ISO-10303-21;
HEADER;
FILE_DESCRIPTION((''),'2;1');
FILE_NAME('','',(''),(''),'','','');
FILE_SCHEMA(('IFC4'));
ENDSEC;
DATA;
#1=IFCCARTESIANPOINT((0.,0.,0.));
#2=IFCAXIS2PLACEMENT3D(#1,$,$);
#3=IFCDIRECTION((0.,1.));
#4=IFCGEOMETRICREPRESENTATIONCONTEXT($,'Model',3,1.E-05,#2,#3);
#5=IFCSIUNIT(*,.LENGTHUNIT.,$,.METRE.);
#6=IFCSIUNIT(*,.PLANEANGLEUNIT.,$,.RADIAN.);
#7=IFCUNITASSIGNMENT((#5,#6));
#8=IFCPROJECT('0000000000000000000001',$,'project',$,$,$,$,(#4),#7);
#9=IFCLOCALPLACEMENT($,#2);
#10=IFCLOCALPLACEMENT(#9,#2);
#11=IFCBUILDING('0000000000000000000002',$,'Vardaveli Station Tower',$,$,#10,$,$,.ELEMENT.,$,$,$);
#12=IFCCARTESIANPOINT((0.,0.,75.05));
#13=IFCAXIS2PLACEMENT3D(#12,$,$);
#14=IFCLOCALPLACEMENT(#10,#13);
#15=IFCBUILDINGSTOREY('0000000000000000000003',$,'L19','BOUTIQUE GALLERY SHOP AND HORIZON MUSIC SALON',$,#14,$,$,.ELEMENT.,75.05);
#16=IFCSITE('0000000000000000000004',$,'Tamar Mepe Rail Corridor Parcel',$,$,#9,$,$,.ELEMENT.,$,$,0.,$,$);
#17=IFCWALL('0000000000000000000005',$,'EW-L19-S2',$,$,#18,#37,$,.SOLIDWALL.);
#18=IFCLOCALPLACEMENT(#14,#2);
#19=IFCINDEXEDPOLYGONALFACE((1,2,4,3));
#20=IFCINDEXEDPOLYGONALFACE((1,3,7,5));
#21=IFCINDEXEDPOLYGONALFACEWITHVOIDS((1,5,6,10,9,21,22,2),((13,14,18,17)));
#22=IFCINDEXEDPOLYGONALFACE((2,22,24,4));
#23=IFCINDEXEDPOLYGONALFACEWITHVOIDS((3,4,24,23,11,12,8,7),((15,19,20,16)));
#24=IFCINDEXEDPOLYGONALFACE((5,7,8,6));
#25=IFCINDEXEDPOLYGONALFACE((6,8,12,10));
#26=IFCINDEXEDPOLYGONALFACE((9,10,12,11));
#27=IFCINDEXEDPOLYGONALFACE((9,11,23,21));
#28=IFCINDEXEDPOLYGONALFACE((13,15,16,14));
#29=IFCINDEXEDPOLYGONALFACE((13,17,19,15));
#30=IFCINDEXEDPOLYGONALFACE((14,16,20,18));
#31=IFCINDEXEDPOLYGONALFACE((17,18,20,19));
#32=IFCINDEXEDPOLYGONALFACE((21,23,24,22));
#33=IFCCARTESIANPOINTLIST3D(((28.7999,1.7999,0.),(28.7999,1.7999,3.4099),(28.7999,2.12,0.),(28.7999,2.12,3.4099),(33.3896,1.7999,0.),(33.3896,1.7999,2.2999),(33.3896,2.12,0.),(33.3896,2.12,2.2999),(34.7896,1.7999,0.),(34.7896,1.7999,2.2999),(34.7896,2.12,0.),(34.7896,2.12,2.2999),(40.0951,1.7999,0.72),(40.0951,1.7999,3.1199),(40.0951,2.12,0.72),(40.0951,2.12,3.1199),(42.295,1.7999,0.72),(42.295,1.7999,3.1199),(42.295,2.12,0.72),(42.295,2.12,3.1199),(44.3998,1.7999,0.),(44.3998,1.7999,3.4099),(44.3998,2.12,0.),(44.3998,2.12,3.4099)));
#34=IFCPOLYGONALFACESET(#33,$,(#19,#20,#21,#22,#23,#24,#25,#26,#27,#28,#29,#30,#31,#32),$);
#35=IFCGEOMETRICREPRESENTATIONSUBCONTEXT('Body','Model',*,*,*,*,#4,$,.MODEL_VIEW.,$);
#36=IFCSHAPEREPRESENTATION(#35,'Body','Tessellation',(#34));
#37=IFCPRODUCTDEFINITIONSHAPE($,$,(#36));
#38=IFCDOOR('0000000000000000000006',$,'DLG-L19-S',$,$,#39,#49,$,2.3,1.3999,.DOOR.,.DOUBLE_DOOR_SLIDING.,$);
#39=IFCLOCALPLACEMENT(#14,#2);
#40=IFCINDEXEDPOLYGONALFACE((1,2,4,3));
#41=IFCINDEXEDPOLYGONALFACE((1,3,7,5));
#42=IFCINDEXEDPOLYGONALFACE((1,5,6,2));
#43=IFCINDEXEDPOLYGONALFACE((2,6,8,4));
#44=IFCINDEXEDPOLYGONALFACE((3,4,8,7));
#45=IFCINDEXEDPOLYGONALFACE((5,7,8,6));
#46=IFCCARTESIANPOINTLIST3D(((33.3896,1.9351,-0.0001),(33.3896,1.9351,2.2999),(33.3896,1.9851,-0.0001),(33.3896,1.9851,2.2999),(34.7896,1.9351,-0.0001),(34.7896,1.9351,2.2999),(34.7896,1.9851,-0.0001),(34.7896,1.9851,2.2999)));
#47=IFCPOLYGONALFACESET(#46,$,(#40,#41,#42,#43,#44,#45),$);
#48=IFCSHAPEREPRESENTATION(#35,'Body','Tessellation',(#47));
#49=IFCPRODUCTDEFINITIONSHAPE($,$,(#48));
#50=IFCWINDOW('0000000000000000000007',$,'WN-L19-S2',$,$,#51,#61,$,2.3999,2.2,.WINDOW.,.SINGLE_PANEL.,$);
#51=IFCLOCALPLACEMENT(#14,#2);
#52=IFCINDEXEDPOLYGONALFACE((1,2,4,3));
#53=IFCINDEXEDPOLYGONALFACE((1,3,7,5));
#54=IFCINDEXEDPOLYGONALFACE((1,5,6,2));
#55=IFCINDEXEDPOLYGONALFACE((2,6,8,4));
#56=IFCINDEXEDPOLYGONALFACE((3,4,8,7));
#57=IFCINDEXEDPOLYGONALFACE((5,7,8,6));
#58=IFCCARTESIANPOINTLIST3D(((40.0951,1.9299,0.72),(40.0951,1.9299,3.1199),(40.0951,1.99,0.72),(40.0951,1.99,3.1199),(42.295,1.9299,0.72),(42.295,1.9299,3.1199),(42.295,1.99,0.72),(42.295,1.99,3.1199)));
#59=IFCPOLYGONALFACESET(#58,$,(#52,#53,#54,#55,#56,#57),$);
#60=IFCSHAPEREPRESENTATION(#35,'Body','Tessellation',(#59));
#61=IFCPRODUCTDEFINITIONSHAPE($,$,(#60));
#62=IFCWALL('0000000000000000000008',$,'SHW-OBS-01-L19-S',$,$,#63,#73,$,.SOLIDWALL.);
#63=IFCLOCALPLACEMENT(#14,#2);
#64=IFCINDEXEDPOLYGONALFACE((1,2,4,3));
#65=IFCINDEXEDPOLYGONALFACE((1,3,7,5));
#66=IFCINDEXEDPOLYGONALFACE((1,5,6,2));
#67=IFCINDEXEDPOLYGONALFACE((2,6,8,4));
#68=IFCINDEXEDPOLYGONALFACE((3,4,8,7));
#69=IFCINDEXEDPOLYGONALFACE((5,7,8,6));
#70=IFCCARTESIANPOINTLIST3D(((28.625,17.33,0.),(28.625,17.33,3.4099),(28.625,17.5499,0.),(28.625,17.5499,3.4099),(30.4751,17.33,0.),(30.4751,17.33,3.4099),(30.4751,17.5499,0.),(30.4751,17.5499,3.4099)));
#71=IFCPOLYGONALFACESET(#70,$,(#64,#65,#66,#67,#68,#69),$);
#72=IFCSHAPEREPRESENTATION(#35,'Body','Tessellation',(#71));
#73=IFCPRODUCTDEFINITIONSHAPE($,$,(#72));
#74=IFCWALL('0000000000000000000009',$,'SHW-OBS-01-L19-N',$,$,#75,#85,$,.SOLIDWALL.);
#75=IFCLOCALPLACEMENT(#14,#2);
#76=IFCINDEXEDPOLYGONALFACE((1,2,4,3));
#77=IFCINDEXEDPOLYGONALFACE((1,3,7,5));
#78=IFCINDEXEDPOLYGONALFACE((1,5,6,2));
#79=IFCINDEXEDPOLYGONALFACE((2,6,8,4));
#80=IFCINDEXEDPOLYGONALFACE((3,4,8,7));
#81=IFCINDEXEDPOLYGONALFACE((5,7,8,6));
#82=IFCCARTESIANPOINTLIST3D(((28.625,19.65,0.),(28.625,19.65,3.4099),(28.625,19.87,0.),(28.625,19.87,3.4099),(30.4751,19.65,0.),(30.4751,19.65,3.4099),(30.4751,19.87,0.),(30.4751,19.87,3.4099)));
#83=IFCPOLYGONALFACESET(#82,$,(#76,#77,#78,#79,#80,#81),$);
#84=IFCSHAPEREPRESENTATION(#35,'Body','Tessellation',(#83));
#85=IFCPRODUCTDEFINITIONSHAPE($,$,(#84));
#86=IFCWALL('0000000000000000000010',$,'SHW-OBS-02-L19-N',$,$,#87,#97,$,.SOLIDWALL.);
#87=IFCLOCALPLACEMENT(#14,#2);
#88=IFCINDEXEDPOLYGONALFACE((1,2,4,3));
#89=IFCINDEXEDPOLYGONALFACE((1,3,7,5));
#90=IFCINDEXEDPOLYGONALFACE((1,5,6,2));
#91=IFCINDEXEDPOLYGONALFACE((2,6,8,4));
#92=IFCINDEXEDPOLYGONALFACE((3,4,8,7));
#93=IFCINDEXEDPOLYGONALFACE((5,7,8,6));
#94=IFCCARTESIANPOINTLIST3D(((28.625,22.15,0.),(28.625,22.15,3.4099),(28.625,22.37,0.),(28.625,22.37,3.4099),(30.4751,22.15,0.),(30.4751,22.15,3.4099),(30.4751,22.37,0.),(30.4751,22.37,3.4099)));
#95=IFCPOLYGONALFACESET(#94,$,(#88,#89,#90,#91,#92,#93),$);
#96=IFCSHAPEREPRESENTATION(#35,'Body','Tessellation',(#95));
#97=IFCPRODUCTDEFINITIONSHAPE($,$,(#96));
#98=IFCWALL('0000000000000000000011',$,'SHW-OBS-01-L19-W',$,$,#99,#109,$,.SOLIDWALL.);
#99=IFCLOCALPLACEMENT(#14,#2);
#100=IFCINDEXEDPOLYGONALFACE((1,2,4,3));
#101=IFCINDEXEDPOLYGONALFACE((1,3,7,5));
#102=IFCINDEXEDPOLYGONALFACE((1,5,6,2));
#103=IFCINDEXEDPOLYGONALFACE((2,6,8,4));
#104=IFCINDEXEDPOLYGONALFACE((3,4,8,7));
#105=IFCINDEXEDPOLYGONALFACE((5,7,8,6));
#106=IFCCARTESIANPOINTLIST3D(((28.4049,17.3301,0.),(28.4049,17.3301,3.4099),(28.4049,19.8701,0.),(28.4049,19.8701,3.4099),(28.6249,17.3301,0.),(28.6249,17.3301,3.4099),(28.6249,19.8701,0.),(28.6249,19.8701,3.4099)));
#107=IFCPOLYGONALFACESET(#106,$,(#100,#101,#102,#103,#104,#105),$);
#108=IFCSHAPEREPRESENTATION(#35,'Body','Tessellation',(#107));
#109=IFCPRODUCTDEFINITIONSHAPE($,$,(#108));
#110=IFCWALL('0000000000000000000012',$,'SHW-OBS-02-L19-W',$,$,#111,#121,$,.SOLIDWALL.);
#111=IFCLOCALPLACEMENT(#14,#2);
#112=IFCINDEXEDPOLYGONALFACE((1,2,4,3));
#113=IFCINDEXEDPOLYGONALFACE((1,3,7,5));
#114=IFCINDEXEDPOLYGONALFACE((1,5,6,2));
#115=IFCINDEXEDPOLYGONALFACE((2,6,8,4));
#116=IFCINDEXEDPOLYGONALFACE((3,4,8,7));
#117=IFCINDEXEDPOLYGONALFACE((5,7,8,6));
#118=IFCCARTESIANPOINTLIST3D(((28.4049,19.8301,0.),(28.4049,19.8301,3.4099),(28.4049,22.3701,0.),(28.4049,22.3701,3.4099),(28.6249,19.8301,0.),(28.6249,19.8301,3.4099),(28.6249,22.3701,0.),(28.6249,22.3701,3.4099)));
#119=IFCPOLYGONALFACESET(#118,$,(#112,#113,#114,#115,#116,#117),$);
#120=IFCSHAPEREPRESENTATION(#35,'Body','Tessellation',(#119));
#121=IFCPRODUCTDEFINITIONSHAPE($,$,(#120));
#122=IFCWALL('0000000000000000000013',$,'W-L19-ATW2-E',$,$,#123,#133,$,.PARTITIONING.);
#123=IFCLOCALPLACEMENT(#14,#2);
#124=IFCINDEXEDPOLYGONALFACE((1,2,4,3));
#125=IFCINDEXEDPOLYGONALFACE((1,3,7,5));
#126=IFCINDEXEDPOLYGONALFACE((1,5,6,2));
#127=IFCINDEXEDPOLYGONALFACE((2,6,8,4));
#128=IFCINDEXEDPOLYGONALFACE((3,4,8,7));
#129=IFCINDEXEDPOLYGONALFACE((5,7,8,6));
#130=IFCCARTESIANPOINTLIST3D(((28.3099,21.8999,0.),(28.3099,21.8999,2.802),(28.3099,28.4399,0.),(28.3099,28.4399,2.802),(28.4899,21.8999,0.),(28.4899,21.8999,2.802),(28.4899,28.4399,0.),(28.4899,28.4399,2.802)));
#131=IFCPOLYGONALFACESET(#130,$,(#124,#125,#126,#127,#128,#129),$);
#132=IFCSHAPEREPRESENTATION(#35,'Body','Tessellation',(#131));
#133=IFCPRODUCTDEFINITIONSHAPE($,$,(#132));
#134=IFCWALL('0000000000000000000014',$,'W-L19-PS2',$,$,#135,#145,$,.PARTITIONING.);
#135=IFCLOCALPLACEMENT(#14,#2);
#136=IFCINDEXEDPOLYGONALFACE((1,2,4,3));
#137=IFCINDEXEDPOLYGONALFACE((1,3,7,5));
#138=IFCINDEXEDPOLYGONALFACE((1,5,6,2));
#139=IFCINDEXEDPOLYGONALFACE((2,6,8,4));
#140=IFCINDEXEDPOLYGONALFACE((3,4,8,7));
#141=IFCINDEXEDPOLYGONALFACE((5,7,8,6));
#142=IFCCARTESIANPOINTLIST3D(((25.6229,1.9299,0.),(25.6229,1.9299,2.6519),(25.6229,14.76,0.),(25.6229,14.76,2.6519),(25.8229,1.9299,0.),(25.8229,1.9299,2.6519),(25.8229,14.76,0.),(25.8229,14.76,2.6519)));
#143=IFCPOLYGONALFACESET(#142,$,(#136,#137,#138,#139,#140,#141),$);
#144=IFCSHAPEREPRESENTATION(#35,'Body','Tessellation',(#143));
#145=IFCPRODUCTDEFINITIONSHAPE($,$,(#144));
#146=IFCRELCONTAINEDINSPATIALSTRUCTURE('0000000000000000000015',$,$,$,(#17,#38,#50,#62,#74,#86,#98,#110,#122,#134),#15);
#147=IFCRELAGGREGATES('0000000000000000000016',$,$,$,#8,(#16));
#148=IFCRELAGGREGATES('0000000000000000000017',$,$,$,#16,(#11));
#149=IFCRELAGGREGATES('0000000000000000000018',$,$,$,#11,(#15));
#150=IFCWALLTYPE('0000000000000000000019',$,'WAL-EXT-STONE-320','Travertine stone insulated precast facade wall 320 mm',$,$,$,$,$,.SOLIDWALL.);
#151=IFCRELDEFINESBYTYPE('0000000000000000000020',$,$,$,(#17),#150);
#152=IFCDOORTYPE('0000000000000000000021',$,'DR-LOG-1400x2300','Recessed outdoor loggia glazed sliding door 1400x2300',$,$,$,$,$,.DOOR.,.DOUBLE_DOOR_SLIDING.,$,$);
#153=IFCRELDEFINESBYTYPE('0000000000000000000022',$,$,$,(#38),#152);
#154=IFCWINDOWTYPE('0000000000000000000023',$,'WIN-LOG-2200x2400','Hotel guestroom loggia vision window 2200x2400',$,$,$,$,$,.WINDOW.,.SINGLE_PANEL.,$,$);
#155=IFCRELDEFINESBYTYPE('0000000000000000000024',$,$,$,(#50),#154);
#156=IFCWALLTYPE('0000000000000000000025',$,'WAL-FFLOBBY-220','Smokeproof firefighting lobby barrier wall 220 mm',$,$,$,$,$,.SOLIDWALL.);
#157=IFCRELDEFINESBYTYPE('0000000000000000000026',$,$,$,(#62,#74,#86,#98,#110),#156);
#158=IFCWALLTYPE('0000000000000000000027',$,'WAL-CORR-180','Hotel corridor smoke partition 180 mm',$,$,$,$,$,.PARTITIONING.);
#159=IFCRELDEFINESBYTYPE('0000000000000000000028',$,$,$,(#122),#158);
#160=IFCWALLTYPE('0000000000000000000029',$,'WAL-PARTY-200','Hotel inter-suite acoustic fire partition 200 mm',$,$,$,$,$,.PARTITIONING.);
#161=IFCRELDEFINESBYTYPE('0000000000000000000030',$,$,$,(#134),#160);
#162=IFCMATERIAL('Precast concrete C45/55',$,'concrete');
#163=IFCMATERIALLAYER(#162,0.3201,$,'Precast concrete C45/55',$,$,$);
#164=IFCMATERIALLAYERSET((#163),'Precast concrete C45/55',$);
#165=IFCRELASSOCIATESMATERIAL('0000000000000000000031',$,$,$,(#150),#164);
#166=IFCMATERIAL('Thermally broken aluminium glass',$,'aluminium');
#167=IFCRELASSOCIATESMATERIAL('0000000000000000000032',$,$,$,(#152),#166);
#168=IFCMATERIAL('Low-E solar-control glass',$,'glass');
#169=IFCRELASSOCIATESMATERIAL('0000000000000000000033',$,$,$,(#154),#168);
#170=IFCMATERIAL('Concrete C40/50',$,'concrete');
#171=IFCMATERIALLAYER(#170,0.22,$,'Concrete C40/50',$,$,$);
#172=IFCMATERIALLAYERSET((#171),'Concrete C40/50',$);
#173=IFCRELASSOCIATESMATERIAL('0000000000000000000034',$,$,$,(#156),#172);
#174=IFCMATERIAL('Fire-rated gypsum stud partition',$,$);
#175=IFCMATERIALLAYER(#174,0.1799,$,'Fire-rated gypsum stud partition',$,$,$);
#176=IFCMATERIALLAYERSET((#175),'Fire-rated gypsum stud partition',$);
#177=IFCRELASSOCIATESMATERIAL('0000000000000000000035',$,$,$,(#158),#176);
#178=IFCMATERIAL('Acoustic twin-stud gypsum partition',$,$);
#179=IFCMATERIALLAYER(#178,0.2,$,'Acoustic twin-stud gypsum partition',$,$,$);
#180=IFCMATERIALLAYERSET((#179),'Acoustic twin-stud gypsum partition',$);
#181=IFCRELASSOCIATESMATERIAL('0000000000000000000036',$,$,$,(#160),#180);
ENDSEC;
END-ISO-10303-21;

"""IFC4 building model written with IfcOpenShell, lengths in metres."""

from ifc_helpers import new_model, si_unit, direction, frame, frame_2d, origin, place, context, subcontext, project, spatial, rectangle, extrude, source, transform, mapped, material, layer, layer_set, type_object, element, fill, save


model = new_model("IFC4")

# Units and contexts
model_context = context("Model", 3, precision=1e-05, world=origin(), true_north=direction((0.0, 1.0)))
body_context = subcontext(model_context, "Body", "Model", "MODEL_VIEW")
ifc_project = project(units=[si_unit("LENGTHUNIT", "METRE"), si_unit("PLANEANGLEUNIT", "RADIAN")], contexts=[model_context])

# Site, building, storey
site_placement = place(None, origin())
site = spatial("IfcSite", under=ifc_project, at=site_placement, Name="Tamar Mepe Rail Corridor Parcel", CompositionType="ELEMENT", RefElevation=0.0)
building_placement = place(site_placement, origin())
building = spatial("IfcBuilding", under=site, at=building_placement, Name="Vardaveli Station Tower", CompositionType="ELEMENT")
storey_placement = place(building_placement, frame((0.0, 0.0, 75.05)))
storey = spatial("IfcBuildingStorey", under=building, at=storey_placement, Name="L19", Description="BOUTIQUE GALLERY SHOP AND HORIZON MUSIC SALON", CompositionType="ELEMENT", Elevation=75.05)

# Wall, openings, door, window
ifc_material_1 = material(Name="Precast concrete C45/55", Category="concrete")
ifc_layer_1 = layer(ifc_material_1, 0.3201, Name="Precast concrete C45/55")
ifc_layer_set_1 = layer_set([ifc_layer_1], Name="Precast concrete C45/55")
wall_type_1 = type_object("IfcWallType", Name="WAL-EXT-STONE-320", Description="Travertine stone insulated precast facade wall 320 mm", PredefinedType="SOLIDWALL", material=ifc_layer_set_1)
shared_shape_1 = source(origin(), body_context, "Body", "SweptSolid", [
    extrude(rectangle(XDim=15.5999, YDim=0.3201, at=frame_2d((7.7998, 0.0))), origin(), (0.0, 0.0, 1.0), 3.4099),
])
wall_1_placement = place(storey_placement, frame((28.8, 1.96, 0.0), z_axis=(0.0, 0.0, 1.0), x_axis=(1.0, 0.0, 0.0)))
wall_1 = element("IfcWall", 1, at=wall_1_placement, inside=storey, type_object=wall_type_1, Name="EW-L19-S2", PredefinedType="SOLIDWALL", context=body_context, shape_type="MappedRepresentation", body=[
    mapped(shared_shape_1, transform((0.0, 0.0, 0.0), scale=1.0)),
])
shared_shape_2 = source(origin(), body_context, "Body", "SweptSolid", [
    extrude(rectangle(XDim=1.3999, YDim=2.3, at=frame_2d((0.7, 1.1499))), frame((0.0, 0.1699, 0.0), z_axis=(0.0, -1.0, 0.0), x_axis=(1.0, 0.0, 0.0)), (0.0, 0.0, 1.0), 0.3401),
])
opening_1_placement = place(wall_1_placement, frame((4.5896, 0.0, 0.0)))
opening_1 = element("IfcOpeningElement", 2, at=opening_1_placement, cuts=wall_1, PredefinedType="OPENING", context=body_context, shape_type="MappedRepresentation", body=[
    mapped(shared_shape_2, transform((0.0, 0.0, 0.0), scale=1.0)),
])
shared_shape_3 = source(origin(), body_context, "Body", "SweptSolid", [
    extrude(rectangle(XDim=2.2, YDim=2.3999, at=frame_2d((1.1001, 1.2))), frame((0.0, 0.1699, 0.0), z_axis=(0.0, -1.0, 0.0), x_axis=(1.0, 0.0, 0.0)), (0.0, 0.0, 1.0), 0.3401),
])
opening_2_placement = place(wall_1_placement, frame((11.2949, 0.0, 0.72)))
opening_2 = element("IfcOpeningElement", 3, at=opening_2_placement, cuts=wall_1, PredefinedType="OPENING", context=body_context, shape_type="MappedRepresentation", body=[
    mapped(shared_shape_3, transform((0.0, 0.0, 0.0), scale=1.0)),
])
ifc_material_2 = material(Name="Thermally broken aluminium glass", Category="aluminium")
door_type_1 = type_object("IfcDoorType", Name="DR-LOG-1400x2300", Description="Recessed outdoor loggia glazed sliding door 1400x2300", OperationType="DOUBLE_DOOR_SLIDING", PredefinedType="DOOR", material=ifc_material_2)
shared_shape_4 = source(origin(), body_context, "Body", "SweptSolid", [
    extrude(rectangle(XDim=1.3999, YDim=2.3, at=frame_2d((0.7, 1.1499))), frame((0.0, 0.0249, 0.0), z_axis=(0.0, -1.0, 0.0), x_axis=(1.0, 0.0, 0.0)), (0.0, 0.0, 1.0), 0.05),
])
door_1_placement = place(opening_1_placement, frame((1.3999, 0.0, 0.0), z_axis=(0.0, 0.0, 1.0), x_axis=(-1.0, 0.0, 0.0)))
door_1 = element("IfcDoor", 4, at=door_1_placement, inside=storey, type_object=door_type_1, Name="DLG-L19-S", OperationType="DOUBLE_DOOR_SLIDING", OverallHeight=2.3, OverallWidth=1.3999, PredefinedType="DOOR", context=body_context, shape_type="MappedRepresentation", body=[
    mapped(shared_shape_4, transform((0.0, 0.0, 0.0), scale=1.0)),
])
fill(opening_1, door_1)
ifc_material_3 = material(Name="Low-E solar-control glass", Category="glass")
window_type = type_object("IfcWindowType", Name="WIN-LOG-2200x2400", Description="Hotel guestroom loggia vision window 2200x2400", PartitioningType="SINGLE_PANEL", PredefinedType="WINDOW", material=ifc_material_3)
shared_shape_5 = source(origin(), body_context, "Body", "SweptSolid", [
    extrude(rectangle(XDim=2.2, YDim=2.3999, at=frame_2d((1.1001, 1.2))), frame((0.0, 0.03, 0.0), z_axis=(0.0, -1.0, 0.0), x_axis=(1.0, 0.0, 0.0)), (0.0, 0.0, 1.0), 0.0601),
])
window_placement = place(opening_2_placement, origin())
window = element("IfcWindow", 5, at=window_placement, inside=storey, type_object=window_type, Name="WN-L19-S2", OverallHeight=2.3999, OverallWidth=2.2, PartitioningType="SINGLE_PANEL", PredefinedType="WINDOW", context=body_context, shape_type="MappedRepresentation", body=[
    mapped(shared_shape_5, transform((0.0, 0.0, 0.0), scale=1.0)),
])
fill(opening_2, window)

# Walls
ifc_material_4 = material(Name="Concrete C40/50", Category="concrete")
ifc_layer_2 = layer(ifc_material_4, 0.22, Name="Concrete C40/50")
ifc_layer_set_2 = layer_set([ifc_layer_2], Name="Concrete C40/50")
wall_type_2 = type_object("IfcWallType", Name="WAL-FFLOBBY-220", Description="Smokeproof firefighting lobby barrier wall 220 mm", PredefinedType="SOLIDWALL", material=ifc_layer_set_2)
shared_shape_6 = source(origin(), body_context, "Body", "SweptSolid", [
    extrude(rectangle(XDim=1.8501, YDim=0.22, at=frame_2d((0.925, 0.0))), origin(), (0.0, 0.0, 1.0), 3.4099),
])
for number, where, z_axis, x_axis, name in (
    (6, (28.625, 17.4399, 0.0), (0.0, 0.0, 1.0), (1.0, 0.0, 0.0), "SHW-OBS-01-L19-S"),
    (7, (28.625, 19.76, 0.0), (0.0, 0.0, 1.0), (1.0, 0.0, 0.0), "SHW-OBS-01-L19-N"),
    (8, (28.625, 22.26, 0.0), (0.0, 0.0, 1.0), (1.0, 0.0, 0.0), "SHW-OBS-02-L19-N"),
):
    element("IfcWall", number, at=place(storey_placement, frame(where, z_axis=z_axis, x_axis=x_axis)), inside=storey, type_object=wall_type_2, Name=name, PredefinedType="SOLIDWALL", context=body_context, shape_type="MappedRepresentation", body=[
        mapped(shared_shape_6, transform((0.0, 0.0, 0.0), scale=1.0)),
    ])
shared_shape_7 = source(origin(), body_context, "Body", "SweptSolid", [
    extrude(rectangle(XDim=2.54, YDim=0.22, at=frame_2d((1.27, 0.0))), origin(), (0.0, 0.0, 1.0), 3.4099),
])
for number, where, z_axis, x_axis, name in (
    (9, (28.5149, 17.3301, 0.0), (0.0, 0.0, 1.0), (0.0, 1.0, 0.0), "SHW-OBS-01-L19-W"),
    (10, (28.5149, 19.8301, 0.0), (0.0, 0.0, 1.0), (0.0, 1.0, 0.0), "SHW-OBS-02-L19-W"),
):
    element("IfcWall", number, at=place(storey_placement, frame(where, z_axis=z_axis, x_axis=x_axis)), inside=storey, type_object=wall_type_2, Name=name, PredefinedType="SOLIDWALL", context=body_context, shape_type="MappedRepresentation", body=[
        mapped(shared_shape_7, transform((0.0, 0.0, 0.0), scale=1.0)),
    ])
ifc_material_5 = material(Name="Fire-rated gypsum stud partition")
ifc_layer_3 = layer(ifc_material_5, 0.1799, Name="Fire-rated gypsum stud partition")
ifc_layer_set_3 = layer_set([ifc_layer_3], Name="Fire-rated gypsum stud partition")
wall_type_3 = type_object("IfcWallType", Name="WAL-CORR-180", Description="Hotel corridor smoke partition 180 mm", PredefinedType="PARTITIONING", material=ifc_layer_set_3)
shared_shape_8 = source(origin(), body_context, "Body", "SweptSolid", [
    extrude(rectangle(XDim=6.54, YDim=0.1799, at=frame_2d((3.27, 0.0))), origin(), (0.0, 0.0, 1.0), 2.802),
])
wall_2_placement = place(storey_placement, frame((28.3999, 21.8999, 0.0), z_axis=(0.0, 0.0, 1.0), x_axis=(0.0, 1.0, 0.0)))
element("IfcWall", 11, at=wall_2_placement, inside=storey, type_object=wall_type_3, Name="W-L19-ATW2-E", PredefinedType="PARTITIONING", context=body_context, shape_type="MappedRepresentation", body=[
    mapped(shared_shape_8, transform((0.0, 0.0, 0.0), scale=1.0)),
])
ifc_material_6 = material(Name="Acoustic twin-stud gypsum partition")
ifc_layer_4 = layer(ifc_material_6, 0.2, Name="Acoustic twin-stud gypsum partition")
ifc_layer_set_4 = layer_set([ifc_layer_4], Name="Acoustic twin-stud gypsum partition")
wall_type_4 = type_object("IfcWallType", Name="WAL-PARTY-200", Description="Hotel inter-suite acoustic fire partition 200 mm", PredefinedType="PARTITIONING", material=ifc_layer_set_4)
shared_shape_9 = source(origin(), body_context, "Body", "SweptSolid", [
    extrude(rectangle(XDim=12.8301, YDim=0.2, at=frame_2d((6.415, 0.0))), origin(), (0.0, 0.0, 1.0), 2.6519),
])
wall_3_placement = place(storey_placement, frame((25.7229, 1.9299, 0.0), z_axis=(0.0, 0.0, 1.0), x_axis=(0.0, 1.0, 0.0)))
element("IfcWall", 12, at=wall_3_placement, inside=storey, type_object=wall_type_4, Name="W-L19-PS2", PredefinedType="PARTITIONING", context=body_context, shape_type="MappedRepresentation", body=[
    mapped(shared_shape_9, transform((0.0, 0.0, 0.0), scale=1.0)),
])

save(model, "model.ifc")
